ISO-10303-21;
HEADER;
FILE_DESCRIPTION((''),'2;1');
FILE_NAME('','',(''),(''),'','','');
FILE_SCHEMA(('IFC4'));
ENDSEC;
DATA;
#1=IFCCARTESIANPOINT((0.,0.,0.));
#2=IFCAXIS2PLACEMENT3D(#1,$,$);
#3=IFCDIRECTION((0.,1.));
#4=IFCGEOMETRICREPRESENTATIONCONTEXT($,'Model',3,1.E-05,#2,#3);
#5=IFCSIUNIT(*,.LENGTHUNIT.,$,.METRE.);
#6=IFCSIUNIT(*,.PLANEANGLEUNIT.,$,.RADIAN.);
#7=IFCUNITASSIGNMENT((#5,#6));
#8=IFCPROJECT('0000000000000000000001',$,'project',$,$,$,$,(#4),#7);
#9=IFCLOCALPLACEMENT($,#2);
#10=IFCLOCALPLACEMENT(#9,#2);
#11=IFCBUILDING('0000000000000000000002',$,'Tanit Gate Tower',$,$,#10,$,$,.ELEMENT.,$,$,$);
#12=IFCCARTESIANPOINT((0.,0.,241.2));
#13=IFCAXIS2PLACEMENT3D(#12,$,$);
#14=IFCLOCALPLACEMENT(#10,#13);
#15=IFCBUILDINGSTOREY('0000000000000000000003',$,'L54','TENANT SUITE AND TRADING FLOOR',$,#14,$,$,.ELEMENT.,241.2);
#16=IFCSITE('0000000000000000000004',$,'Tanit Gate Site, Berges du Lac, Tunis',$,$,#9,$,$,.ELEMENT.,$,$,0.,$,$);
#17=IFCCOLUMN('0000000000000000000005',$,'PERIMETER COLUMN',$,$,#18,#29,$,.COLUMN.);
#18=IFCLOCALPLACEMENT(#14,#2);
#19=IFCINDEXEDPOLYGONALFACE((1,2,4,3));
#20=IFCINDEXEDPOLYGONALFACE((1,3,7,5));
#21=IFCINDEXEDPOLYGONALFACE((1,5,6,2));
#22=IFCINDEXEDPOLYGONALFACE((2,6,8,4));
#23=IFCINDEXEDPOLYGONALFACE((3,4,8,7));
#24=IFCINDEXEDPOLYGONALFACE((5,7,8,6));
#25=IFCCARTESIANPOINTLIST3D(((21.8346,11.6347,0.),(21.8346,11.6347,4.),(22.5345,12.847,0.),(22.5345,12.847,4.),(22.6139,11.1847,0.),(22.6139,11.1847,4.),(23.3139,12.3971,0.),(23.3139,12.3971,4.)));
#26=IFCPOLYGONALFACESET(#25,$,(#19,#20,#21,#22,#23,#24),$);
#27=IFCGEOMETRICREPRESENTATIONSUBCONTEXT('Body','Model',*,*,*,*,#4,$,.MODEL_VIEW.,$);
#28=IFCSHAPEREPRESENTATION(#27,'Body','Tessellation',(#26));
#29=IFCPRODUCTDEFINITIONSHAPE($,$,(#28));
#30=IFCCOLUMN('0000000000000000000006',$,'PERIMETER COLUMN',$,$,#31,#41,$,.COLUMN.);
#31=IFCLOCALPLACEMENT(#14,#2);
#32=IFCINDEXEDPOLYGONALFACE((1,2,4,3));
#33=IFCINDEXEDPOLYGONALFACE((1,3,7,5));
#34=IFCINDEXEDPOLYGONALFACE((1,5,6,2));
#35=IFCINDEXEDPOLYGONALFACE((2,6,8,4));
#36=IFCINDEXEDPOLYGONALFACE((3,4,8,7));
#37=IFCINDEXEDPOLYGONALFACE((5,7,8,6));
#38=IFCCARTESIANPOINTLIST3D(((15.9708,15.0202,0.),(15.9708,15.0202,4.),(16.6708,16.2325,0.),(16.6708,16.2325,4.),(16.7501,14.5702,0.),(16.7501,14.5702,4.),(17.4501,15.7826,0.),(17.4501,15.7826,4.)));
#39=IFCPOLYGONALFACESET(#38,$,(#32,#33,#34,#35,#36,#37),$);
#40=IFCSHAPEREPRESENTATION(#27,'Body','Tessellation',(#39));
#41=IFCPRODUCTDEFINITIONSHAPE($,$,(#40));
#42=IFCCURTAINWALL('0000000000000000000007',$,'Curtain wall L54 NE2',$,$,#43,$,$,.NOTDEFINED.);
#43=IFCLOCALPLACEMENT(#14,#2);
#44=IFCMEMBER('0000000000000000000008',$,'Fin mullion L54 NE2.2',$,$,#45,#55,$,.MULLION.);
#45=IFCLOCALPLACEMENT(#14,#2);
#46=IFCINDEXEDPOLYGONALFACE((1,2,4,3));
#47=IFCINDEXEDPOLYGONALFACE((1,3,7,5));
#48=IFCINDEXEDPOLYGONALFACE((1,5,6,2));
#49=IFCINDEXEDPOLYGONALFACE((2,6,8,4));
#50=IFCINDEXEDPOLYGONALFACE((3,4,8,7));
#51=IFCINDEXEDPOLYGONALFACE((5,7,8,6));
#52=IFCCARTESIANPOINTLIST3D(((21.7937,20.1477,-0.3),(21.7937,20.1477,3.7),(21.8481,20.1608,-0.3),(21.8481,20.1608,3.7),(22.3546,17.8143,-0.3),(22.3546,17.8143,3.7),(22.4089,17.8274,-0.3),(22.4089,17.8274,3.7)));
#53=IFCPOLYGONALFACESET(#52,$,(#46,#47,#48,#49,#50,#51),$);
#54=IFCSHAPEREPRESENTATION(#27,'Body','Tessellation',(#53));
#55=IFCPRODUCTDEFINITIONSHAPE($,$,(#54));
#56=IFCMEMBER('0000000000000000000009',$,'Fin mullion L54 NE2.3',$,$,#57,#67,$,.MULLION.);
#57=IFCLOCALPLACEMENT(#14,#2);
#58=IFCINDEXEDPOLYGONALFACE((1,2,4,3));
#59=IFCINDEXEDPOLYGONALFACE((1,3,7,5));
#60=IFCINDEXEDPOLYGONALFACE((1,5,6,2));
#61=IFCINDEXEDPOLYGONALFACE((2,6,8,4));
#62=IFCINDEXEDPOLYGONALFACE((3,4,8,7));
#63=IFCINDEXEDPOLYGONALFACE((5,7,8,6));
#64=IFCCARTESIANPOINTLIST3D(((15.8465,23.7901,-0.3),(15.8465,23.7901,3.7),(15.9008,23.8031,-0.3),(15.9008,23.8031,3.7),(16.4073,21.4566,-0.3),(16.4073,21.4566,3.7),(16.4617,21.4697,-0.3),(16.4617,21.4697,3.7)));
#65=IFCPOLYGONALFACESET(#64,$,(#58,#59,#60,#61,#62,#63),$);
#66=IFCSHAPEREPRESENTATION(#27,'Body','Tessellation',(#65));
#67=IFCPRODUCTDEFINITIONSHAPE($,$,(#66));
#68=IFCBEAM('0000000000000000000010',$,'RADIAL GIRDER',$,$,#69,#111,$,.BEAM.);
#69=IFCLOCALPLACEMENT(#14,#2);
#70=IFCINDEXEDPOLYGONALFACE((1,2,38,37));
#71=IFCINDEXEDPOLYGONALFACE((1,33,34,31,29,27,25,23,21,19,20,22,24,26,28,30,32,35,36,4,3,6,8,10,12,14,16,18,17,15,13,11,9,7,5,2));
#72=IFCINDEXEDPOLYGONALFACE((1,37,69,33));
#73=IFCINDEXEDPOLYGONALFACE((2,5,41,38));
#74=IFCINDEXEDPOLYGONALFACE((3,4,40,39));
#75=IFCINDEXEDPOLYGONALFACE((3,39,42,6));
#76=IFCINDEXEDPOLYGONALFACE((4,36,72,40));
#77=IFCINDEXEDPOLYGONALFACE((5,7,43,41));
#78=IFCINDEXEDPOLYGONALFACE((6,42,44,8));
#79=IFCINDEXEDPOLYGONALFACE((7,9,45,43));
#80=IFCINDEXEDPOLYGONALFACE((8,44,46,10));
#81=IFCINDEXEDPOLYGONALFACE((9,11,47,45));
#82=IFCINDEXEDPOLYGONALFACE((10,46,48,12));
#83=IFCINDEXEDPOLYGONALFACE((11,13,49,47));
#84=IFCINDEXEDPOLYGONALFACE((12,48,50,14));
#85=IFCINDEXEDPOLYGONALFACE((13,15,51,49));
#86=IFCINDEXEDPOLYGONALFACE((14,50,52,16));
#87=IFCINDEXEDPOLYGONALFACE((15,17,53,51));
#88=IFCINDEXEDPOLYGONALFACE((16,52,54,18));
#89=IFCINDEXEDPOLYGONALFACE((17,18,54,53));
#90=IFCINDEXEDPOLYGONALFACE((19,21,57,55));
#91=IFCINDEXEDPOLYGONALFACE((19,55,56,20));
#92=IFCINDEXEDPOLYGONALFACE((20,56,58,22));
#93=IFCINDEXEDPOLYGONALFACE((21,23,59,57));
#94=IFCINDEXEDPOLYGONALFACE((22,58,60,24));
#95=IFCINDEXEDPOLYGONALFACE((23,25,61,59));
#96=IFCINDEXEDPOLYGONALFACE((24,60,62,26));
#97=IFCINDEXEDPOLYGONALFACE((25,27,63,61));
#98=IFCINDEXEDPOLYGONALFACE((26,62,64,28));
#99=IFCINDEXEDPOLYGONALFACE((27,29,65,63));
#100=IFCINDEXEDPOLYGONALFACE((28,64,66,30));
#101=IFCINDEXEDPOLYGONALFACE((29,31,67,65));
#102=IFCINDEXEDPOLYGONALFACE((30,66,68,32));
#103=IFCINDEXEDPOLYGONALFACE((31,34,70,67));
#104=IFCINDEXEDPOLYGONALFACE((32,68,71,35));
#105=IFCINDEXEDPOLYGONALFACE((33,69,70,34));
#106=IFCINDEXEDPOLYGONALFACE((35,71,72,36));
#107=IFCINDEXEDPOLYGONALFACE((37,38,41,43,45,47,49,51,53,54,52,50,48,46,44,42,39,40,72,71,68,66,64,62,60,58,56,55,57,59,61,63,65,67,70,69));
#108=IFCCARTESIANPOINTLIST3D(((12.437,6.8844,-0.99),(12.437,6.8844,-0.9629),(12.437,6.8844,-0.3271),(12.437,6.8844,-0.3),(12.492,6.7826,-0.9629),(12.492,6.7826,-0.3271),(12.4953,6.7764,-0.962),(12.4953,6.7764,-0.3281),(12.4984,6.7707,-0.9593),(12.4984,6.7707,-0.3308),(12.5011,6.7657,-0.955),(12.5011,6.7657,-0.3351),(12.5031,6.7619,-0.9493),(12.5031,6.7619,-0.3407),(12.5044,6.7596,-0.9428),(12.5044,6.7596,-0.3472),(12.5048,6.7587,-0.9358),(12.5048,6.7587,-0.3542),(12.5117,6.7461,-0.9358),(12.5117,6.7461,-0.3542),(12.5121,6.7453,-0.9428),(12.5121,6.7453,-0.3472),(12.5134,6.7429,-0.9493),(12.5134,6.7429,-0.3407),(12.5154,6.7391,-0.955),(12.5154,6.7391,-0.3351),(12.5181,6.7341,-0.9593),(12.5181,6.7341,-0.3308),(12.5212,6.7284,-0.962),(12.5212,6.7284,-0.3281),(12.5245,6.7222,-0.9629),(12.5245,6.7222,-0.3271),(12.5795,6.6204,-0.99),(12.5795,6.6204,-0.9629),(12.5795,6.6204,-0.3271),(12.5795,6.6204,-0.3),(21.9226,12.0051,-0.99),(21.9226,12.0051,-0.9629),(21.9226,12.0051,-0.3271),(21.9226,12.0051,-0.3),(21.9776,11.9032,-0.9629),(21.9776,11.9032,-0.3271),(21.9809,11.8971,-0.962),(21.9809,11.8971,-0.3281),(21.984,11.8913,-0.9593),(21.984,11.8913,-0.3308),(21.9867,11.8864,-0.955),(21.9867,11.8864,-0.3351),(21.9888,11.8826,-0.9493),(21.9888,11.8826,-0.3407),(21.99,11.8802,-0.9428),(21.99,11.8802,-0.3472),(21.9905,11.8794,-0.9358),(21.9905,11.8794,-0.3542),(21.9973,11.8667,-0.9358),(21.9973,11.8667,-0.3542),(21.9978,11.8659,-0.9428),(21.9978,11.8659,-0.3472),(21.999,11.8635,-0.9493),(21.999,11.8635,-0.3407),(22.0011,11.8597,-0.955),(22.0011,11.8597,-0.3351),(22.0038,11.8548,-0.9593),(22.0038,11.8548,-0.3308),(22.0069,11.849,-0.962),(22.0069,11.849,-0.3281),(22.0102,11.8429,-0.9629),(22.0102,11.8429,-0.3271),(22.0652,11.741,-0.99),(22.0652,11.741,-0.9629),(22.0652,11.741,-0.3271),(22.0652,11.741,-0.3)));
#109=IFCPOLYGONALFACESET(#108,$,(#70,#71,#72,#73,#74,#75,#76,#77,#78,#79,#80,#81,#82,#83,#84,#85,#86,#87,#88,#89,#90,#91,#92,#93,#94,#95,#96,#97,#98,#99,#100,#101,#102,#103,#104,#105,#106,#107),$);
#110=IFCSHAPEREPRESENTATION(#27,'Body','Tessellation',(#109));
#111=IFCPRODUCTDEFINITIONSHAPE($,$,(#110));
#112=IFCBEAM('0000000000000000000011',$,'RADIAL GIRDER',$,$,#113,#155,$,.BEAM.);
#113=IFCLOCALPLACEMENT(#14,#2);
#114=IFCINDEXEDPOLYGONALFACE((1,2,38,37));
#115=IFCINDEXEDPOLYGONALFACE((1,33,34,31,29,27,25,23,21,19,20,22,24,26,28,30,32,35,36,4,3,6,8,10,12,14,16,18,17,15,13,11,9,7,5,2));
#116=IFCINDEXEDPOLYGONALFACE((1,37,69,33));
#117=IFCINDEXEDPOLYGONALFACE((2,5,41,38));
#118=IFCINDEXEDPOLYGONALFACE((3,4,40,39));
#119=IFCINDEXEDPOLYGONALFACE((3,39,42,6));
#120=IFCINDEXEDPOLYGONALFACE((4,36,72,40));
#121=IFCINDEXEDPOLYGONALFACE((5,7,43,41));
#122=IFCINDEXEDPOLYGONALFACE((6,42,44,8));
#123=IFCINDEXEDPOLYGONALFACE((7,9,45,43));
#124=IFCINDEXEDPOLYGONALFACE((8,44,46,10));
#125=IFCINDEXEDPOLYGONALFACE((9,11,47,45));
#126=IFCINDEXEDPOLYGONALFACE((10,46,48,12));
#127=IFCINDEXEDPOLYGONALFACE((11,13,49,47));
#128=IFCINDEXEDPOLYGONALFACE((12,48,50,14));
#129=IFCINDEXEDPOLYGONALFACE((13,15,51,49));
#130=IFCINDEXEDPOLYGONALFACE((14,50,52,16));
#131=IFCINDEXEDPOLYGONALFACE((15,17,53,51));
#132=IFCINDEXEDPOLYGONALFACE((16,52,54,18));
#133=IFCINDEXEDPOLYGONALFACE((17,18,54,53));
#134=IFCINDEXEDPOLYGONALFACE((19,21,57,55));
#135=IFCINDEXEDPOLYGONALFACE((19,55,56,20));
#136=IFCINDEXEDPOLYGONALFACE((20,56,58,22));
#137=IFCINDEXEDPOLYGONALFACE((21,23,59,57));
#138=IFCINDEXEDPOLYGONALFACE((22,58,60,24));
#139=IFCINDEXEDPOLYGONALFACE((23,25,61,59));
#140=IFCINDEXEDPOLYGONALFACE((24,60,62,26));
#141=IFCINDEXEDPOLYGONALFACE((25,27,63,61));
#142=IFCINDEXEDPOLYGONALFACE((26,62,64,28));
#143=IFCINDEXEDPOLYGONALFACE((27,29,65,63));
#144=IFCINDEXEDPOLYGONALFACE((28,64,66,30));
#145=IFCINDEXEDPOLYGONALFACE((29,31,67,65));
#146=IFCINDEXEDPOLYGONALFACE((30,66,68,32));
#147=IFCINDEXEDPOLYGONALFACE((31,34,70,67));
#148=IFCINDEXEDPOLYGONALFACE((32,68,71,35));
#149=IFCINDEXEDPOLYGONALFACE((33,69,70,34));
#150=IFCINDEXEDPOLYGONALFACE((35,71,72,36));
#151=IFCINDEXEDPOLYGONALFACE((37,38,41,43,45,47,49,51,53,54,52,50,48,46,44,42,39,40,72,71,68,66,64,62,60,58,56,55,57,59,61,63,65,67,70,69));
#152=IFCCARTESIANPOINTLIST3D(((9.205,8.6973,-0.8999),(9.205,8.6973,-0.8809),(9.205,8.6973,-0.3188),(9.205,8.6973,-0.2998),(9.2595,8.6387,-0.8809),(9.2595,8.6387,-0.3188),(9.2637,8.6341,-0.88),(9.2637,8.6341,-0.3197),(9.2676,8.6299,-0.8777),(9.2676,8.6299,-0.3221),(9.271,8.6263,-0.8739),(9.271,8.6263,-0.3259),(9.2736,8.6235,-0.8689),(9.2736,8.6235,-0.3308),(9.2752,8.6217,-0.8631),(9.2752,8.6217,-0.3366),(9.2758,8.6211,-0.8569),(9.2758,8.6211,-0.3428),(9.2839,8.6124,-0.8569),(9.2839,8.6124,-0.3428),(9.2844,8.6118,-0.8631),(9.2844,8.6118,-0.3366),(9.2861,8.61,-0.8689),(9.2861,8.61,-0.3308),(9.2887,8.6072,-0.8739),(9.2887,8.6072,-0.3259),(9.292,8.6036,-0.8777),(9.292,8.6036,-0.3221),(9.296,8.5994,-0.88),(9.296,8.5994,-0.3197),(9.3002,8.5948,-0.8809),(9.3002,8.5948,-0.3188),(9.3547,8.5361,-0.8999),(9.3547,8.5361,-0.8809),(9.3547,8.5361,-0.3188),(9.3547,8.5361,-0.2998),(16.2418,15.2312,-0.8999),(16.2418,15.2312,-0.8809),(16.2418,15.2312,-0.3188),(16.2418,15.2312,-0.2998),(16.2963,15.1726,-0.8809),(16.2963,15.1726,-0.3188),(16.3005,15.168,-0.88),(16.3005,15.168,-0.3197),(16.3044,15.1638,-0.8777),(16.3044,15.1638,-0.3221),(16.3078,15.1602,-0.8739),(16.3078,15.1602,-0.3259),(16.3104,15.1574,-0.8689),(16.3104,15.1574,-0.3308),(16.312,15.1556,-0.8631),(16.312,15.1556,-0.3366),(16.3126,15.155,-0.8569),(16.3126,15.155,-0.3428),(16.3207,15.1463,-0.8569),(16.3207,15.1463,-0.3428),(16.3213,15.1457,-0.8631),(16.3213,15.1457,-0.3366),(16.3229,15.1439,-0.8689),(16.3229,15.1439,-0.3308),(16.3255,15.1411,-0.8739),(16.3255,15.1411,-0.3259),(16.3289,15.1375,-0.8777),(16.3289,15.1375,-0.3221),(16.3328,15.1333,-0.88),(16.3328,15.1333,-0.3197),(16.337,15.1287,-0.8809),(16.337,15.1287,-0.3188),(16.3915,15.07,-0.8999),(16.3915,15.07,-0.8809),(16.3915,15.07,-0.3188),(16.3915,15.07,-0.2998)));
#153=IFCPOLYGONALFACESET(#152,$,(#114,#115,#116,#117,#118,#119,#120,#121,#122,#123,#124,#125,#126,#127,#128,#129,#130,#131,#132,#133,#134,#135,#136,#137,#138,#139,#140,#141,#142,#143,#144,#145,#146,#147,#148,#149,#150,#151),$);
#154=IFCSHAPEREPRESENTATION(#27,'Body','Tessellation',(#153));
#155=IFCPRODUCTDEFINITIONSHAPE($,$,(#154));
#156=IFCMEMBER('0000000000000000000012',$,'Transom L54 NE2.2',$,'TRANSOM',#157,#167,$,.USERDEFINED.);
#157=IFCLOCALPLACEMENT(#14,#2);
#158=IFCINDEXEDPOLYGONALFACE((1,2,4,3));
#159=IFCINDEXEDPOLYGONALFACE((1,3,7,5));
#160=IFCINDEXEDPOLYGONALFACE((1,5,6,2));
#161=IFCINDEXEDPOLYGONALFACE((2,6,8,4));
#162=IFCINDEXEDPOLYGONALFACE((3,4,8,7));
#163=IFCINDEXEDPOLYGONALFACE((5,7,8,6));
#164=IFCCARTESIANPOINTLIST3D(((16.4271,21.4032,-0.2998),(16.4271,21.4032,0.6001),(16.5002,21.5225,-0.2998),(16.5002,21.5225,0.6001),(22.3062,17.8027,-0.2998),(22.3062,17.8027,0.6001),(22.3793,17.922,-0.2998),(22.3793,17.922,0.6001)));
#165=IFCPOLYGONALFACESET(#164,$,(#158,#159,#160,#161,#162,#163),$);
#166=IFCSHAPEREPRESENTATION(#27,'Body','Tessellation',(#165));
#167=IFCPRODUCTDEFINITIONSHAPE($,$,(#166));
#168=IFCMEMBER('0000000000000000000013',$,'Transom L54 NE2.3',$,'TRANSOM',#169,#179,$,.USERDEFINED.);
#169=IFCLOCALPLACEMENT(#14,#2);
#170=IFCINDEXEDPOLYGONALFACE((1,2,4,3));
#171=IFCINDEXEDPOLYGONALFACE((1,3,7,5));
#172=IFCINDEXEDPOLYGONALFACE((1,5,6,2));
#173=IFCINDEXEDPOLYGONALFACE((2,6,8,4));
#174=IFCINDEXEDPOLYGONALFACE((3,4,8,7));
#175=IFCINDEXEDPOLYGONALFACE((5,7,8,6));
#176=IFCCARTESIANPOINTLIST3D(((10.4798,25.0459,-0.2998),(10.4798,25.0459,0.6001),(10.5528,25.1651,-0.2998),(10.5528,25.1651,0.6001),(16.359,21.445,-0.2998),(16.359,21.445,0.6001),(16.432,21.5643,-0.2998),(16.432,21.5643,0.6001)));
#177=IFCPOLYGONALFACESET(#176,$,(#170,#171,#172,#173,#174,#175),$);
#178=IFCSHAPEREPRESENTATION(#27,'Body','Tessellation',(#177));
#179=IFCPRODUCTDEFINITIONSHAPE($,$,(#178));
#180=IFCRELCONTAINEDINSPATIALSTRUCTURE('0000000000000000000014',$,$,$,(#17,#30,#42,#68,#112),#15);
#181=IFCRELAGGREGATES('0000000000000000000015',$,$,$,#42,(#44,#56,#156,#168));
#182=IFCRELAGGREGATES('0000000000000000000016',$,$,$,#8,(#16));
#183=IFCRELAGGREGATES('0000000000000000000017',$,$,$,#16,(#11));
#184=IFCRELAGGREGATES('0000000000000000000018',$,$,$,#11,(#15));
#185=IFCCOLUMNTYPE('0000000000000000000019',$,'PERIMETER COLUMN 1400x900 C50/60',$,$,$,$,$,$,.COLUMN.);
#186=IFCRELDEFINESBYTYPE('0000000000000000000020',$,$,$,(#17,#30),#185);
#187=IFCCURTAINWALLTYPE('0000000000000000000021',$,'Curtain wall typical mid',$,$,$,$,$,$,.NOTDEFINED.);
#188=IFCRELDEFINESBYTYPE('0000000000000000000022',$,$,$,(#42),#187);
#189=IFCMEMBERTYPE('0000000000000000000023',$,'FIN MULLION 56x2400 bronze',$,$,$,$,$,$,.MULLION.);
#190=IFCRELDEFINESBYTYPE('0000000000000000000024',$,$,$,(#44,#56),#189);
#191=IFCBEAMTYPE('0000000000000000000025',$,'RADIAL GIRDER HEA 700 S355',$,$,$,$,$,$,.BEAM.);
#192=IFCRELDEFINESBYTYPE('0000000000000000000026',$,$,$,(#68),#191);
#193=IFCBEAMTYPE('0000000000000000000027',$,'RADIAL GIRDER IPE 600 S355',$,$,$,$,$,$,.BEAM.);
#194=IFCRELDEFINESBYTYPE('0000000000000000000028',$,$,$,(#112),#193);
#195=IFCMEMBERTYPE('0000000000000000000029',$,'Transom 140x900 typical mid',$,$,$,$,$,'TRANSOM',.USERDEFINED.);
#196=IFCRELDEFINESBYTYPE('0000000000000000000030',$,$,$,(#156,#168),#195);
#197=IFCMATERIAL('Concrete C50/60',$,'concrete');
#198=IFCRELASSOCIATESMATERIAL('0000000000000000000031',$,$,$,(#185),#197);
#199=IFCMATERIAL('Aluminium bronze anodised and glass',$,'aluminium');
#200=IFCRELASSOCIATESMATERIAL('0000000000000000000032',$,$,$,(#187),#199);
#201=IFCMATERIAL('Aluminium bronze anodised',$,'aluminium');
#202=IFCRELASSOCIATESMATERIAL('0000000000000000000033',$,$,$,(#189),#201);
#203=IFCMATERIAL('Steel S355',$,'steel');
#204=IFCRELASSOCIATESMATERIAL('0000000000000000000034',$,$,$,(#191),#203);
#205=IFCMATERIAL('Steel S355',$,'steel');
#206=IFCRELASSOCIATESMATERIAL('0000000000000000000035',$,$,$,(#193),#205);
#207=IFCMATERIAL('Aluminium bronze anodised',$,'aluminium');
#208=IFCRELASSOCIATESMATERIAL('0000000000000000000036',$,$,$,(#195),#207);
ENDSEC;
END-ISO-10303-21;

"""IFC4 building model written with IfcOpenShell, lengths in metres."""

from ifc_helpers import new_model, si_unit, direction, frame, origin, origin_2d, place, context, subcontext, project, spatial, rectangle, i_section, extrude, material, material_profile, profile_set, type_object, element, aggregate, save


model = new_model("IFC4")

# Units and contexts
model_context = context("Model", 3, precision=1e-05, world=origin(), true_north=direction((0.0, 1.0)))
body_context = subcontext(model_context, "Body", "Model", "MODEL_VIEW")
ifc_project = project(units=[si_unit("LENGTHUNIT", "METRE"), si_unit("PLANEANGLEUNIT", "RADIAN")], contexts=[model_context])

# Site, building, storey
site_placement = place(None, origin())
site = spatial("IfcSite", under=ifc_project, at=site_placement, Name="Tanit Gate Site, Berges du Lac, Tunis", CompositionType="ELEMENT", RefElevation=0.0)
building_placement = place(site_placement, origin())
building = spatial("IfcBuilding", under=site, at=building_placement, Name="Tanit Gate Tower", CompositionType="ELEMENT")
storey_placement = place(building_placement, frame((0.0, 0.0, 241.2)))
storey = spatial("IfcBuildingStorey", under=building, at=storey_placement, Name="L54", Description="TENANT SUITE AND TRADING FLOOR", CompositionType="ELEMENT", Elevation=241.2)

# Columns
ifc_material_1 = material(Name="Concrete C50/60", Category="concrete")
ifc_material_profile_1 = material_profile(ifc_material_1, rectangle(XDim=1.3999, YDim=0.8999, at=origin_2d()), Name="RC 1400x900")
ifc_profile_set_1 = profile_set([ifc_material_profile_1], Name="Concrete C50/60")
column_type = type_object("IfcColumnType", Name="PERIMETER COLUMN 1400x900 C50/60", PredefinedType="COLUMN", material=ifc_profile_set_1)
for number, where, z_axis, x_axis, name in (
    (1, (22.5742, 12.0159, 0.0), (0.0, 0.0, 1.0), (0.5, 0.866025, 0.0), "PERIMETER COLUMN"),
    (2, (16.7104, 15.4014, 0.0), (0.0, 0.0, 1.0), (0.5, 0.866025, 0.0), "PERIMETER COLUMN"),
):
    element("IfcColumn", number, at=place(storey_placement, frame(where, z_axis=z_axis, x_axis=x_axis)), inside=storey, type_object=column_type, Name=name, PredefinedType="COLUMN", context=body_context, shape_type="SweptSolid", body=[
        extrude(rectangle(XDim=1.3999, YDim=0.8999, at=origin_2d()), origin(), (0.0, 0.0, 1.0), 4.0),
    ])

# Curtain wall, members
ifc_material_2 = material(Name="Aluminium bronze anodised and glass", Category="aluminium")
curtain_wall_type = type_object("IfcCurtainWallType", Name="Curtain wall typical mid", PredefinedType="NOTDEFINED", material=ifc_material_2)
curtain_wall_placement = place(storey_placement, origin())
curtain_wall = element("IfcCurtainWall", 3, at=curtain_wall_placement, inside=storey, type_object=curtain_wall_type, Name="Curtain wall L54 NE2", PredefinedType="NOTDEFINED")
ifc_material_3 = material(Name="Aluminium bronze anodised", Category="aluminium")
ifc_material_profile_2 = material_profile(ifc_material_3, rectangle(XDim=2.3999, YDim=0.0559, at=origin_2d()), Name="56x2400 bronze fin mullion")
ifc_profile_set_2 = profile_set([ifc_material_profile_2], Name="Aluminium bronze anodised")
member_type_1 = type_object("IfcMemberType", Name="FIN MULLION 56x2400 bronze", PredefinedType="MULLION", material=ifc_profile_set_2)
member_1_placement = place(storey_placement, frame((22.1013, 18.9875, -0.3), z_axis=(0.0, 0.0, 1.0), x_axis=(0.233691, -0.972311, 0.0)))
member_1 = element("IfcMember", 4, at=member_1_placement, type_object=member_type_1, Name="Fin mullion L54 NE2.2", PredefinedType="MULLION", context=body_context, shape_type="SweptSolid", body=[
    extrude(rectangle(XDim=2.3999, YDim=0.0559, at=origin_2d()), origin(), (0.0, 0.0, 1.0), 4.0),
])
member_2_placement = place(storey_placement, frame((16.1541, 22.6299, -0.3), z_axis=(0.0, 0.0, 1.0), x_axis=(0.233691, -0.972311, 0.0)))
member_2 = element("IfcMember", 5, at=member_2_placement, type_object=member_type_1, Name="Fin mullion L54 NE2.3", PredefinedType="MULLION", context=body_context, shape_type="SweptSolid", body=[
    extrude(rectangle(XDim=2.3999, YDim=0.0559, at=origin_2d()), origin(), (0.0, 0.0, 1.0), 4.0),
])

# Beams
ifc_material_4 = material(Name="Steel S355", Category="steel")
ifc_material_profile_3 = material_profile(ifc_material_4, i_section(OverallWidth=0.3, OverallDepth=0.6899, WebThickness=0.0144, FlangeThickness=0.0271, FilletRadius=0.0271, at=origin_2d()), Name="HEA 700")
ifc_profile_set_3 = profile_set([ifc_material_profile_3], Name="Steel S355")
beam_type_1 = type_object("IfcBeamType", Name="RADIAL GIRDER HEA 700 S355", PredefinedType="BEAM", material=ifc_profile_set_3)
beam_1_placement = place(storey_placement, frame((21.9939, 11.873, -0.645), z_axis=(-0.879968, -0.475033, 0.0), x_axis=(0.475033, -0.879968, 0.0)))
element("IfcBeam", 6, at=beam_1_placement, inside=storey, type_object=beam_type_1, Name="RADIAL GIRDER", PredefinedType="BEAM", context=body_context, shape_type="SweptSolid", body=[
    extrude(i_section(OverallWidth=0.3, OverallDepth=0.6899, WebThickness=0.0144, FlangeThickness=0.0271, FilletRadius=0.0271, at=origin_2d()), origin(), (0.0, 0.0, 1.0), 10.7795),
])
ifc_material_5 = material(Name="Steel S355", Category="steel")
ifc_material_profile_4 = material_profile(ifc_material_5, i_section(OverallWidth=0.22, OverallDepth=0.6001, WebThickness=0.012, FlangeThickness=0.019, FilletRadius=0.0239, at=origin_2d()), Name="IPE 600")
ifc_profile_set_4 = profile_set([ifc_material_profile_4], Name="Steel S355")
beam_type_2 = type_object("IfcBeamType", Name="RADIAL GIRDER IPE 600 S355", PredefinedType="BEAM", material=ifc_profile_set_4)
beam_2_placement = place(storey_placement, frame((16.3167, 15.1506, -0.5999), z_axis=(-0.732809, -0.680435, 0.0), x_axis=(0.680435, -0.732809, 0.0)))
element("IfcBeam", 7, at=beam_2_placement, inside=storey, type_object=beam_type_2, Name="RADIAL GIRDER", PredefinedType="BEAM", context=body_context, shape_type="SweptSolid", body=[
    extrude(i_section(OverallWidth=0.22, OverallDepth=0.6001, WebThickness=0.012, FlangeThickness=0.019, FilletRadius=0.0239, at=origin_2d()), origin(), (0.0, 0.0, 1.0), 9.6025),
])

# Members
ifc_material_6 = material(Name="Aluminium bronze anodised", Category="aluminium")
ifc_material_profile_5 = material_profile(ifc_material_6, rectangle(XDim=0.1399, YDim=0.8999, at=origin_2d()), Name="140x900 bronze transom")
ifc_profile_set_5 = profile_set([ifc_material_profile_5], Name="Aluminium bronze anodised")
member_type_2 = type_object("IfcMemberType", Name="Transom 140x900 typical mid", ElementType="TRANSOM", PredefinedType="USERDEFINED", material=ifc_profile_set_5)
member_3_placement = place(storey_placement, frame((22.3428, 17.8623, 0.1501), z_axis=(-0.85278, 0.522271, 0.0), x_axis=(-0.522271, -0.85278, 0.0)))
member_3 = element("IfcMember", 8, at=member_3_placement, type_object=member_type_2, Name="Transom L54 NE2.2", ObjectType="TRANSOM", PredefinedType="USERDEFINED", context=body_context, shape_type="SweptSolid", body=[
    extrude(rectangle(XDim=0.1399, YDim=0.8999, at=origin_2d()), origin(), (0.0, 0.0, 1.0), 6.894),
])
member_4_placement = place(storey_placement, frame((16.3955, 21.5046, 0.1501), z_axis=(-0.852764, 0.522296, 0.0), x_axis=(-0.522296, -0.852764, 0.0)))
member_4 = element("IfcMember", 9, at=member_4_placement, type_object=member_type_2, Name="Transom L54 NE2.3", ObjectType="TRANSOM", PredefinedType="USERDEFINED", context=body_context, shape_type="SweptSolid", body=[
    extrude(rectangle(XDim=0.1399, YDim=0.8999, at=origin_2d()), origin(), (0.0, 0.0, 1.0), 6.8943),
])

aggregate(curtain_wall, [member_1, member_2, member_3, member_4])

save(model, "model.ifc")
